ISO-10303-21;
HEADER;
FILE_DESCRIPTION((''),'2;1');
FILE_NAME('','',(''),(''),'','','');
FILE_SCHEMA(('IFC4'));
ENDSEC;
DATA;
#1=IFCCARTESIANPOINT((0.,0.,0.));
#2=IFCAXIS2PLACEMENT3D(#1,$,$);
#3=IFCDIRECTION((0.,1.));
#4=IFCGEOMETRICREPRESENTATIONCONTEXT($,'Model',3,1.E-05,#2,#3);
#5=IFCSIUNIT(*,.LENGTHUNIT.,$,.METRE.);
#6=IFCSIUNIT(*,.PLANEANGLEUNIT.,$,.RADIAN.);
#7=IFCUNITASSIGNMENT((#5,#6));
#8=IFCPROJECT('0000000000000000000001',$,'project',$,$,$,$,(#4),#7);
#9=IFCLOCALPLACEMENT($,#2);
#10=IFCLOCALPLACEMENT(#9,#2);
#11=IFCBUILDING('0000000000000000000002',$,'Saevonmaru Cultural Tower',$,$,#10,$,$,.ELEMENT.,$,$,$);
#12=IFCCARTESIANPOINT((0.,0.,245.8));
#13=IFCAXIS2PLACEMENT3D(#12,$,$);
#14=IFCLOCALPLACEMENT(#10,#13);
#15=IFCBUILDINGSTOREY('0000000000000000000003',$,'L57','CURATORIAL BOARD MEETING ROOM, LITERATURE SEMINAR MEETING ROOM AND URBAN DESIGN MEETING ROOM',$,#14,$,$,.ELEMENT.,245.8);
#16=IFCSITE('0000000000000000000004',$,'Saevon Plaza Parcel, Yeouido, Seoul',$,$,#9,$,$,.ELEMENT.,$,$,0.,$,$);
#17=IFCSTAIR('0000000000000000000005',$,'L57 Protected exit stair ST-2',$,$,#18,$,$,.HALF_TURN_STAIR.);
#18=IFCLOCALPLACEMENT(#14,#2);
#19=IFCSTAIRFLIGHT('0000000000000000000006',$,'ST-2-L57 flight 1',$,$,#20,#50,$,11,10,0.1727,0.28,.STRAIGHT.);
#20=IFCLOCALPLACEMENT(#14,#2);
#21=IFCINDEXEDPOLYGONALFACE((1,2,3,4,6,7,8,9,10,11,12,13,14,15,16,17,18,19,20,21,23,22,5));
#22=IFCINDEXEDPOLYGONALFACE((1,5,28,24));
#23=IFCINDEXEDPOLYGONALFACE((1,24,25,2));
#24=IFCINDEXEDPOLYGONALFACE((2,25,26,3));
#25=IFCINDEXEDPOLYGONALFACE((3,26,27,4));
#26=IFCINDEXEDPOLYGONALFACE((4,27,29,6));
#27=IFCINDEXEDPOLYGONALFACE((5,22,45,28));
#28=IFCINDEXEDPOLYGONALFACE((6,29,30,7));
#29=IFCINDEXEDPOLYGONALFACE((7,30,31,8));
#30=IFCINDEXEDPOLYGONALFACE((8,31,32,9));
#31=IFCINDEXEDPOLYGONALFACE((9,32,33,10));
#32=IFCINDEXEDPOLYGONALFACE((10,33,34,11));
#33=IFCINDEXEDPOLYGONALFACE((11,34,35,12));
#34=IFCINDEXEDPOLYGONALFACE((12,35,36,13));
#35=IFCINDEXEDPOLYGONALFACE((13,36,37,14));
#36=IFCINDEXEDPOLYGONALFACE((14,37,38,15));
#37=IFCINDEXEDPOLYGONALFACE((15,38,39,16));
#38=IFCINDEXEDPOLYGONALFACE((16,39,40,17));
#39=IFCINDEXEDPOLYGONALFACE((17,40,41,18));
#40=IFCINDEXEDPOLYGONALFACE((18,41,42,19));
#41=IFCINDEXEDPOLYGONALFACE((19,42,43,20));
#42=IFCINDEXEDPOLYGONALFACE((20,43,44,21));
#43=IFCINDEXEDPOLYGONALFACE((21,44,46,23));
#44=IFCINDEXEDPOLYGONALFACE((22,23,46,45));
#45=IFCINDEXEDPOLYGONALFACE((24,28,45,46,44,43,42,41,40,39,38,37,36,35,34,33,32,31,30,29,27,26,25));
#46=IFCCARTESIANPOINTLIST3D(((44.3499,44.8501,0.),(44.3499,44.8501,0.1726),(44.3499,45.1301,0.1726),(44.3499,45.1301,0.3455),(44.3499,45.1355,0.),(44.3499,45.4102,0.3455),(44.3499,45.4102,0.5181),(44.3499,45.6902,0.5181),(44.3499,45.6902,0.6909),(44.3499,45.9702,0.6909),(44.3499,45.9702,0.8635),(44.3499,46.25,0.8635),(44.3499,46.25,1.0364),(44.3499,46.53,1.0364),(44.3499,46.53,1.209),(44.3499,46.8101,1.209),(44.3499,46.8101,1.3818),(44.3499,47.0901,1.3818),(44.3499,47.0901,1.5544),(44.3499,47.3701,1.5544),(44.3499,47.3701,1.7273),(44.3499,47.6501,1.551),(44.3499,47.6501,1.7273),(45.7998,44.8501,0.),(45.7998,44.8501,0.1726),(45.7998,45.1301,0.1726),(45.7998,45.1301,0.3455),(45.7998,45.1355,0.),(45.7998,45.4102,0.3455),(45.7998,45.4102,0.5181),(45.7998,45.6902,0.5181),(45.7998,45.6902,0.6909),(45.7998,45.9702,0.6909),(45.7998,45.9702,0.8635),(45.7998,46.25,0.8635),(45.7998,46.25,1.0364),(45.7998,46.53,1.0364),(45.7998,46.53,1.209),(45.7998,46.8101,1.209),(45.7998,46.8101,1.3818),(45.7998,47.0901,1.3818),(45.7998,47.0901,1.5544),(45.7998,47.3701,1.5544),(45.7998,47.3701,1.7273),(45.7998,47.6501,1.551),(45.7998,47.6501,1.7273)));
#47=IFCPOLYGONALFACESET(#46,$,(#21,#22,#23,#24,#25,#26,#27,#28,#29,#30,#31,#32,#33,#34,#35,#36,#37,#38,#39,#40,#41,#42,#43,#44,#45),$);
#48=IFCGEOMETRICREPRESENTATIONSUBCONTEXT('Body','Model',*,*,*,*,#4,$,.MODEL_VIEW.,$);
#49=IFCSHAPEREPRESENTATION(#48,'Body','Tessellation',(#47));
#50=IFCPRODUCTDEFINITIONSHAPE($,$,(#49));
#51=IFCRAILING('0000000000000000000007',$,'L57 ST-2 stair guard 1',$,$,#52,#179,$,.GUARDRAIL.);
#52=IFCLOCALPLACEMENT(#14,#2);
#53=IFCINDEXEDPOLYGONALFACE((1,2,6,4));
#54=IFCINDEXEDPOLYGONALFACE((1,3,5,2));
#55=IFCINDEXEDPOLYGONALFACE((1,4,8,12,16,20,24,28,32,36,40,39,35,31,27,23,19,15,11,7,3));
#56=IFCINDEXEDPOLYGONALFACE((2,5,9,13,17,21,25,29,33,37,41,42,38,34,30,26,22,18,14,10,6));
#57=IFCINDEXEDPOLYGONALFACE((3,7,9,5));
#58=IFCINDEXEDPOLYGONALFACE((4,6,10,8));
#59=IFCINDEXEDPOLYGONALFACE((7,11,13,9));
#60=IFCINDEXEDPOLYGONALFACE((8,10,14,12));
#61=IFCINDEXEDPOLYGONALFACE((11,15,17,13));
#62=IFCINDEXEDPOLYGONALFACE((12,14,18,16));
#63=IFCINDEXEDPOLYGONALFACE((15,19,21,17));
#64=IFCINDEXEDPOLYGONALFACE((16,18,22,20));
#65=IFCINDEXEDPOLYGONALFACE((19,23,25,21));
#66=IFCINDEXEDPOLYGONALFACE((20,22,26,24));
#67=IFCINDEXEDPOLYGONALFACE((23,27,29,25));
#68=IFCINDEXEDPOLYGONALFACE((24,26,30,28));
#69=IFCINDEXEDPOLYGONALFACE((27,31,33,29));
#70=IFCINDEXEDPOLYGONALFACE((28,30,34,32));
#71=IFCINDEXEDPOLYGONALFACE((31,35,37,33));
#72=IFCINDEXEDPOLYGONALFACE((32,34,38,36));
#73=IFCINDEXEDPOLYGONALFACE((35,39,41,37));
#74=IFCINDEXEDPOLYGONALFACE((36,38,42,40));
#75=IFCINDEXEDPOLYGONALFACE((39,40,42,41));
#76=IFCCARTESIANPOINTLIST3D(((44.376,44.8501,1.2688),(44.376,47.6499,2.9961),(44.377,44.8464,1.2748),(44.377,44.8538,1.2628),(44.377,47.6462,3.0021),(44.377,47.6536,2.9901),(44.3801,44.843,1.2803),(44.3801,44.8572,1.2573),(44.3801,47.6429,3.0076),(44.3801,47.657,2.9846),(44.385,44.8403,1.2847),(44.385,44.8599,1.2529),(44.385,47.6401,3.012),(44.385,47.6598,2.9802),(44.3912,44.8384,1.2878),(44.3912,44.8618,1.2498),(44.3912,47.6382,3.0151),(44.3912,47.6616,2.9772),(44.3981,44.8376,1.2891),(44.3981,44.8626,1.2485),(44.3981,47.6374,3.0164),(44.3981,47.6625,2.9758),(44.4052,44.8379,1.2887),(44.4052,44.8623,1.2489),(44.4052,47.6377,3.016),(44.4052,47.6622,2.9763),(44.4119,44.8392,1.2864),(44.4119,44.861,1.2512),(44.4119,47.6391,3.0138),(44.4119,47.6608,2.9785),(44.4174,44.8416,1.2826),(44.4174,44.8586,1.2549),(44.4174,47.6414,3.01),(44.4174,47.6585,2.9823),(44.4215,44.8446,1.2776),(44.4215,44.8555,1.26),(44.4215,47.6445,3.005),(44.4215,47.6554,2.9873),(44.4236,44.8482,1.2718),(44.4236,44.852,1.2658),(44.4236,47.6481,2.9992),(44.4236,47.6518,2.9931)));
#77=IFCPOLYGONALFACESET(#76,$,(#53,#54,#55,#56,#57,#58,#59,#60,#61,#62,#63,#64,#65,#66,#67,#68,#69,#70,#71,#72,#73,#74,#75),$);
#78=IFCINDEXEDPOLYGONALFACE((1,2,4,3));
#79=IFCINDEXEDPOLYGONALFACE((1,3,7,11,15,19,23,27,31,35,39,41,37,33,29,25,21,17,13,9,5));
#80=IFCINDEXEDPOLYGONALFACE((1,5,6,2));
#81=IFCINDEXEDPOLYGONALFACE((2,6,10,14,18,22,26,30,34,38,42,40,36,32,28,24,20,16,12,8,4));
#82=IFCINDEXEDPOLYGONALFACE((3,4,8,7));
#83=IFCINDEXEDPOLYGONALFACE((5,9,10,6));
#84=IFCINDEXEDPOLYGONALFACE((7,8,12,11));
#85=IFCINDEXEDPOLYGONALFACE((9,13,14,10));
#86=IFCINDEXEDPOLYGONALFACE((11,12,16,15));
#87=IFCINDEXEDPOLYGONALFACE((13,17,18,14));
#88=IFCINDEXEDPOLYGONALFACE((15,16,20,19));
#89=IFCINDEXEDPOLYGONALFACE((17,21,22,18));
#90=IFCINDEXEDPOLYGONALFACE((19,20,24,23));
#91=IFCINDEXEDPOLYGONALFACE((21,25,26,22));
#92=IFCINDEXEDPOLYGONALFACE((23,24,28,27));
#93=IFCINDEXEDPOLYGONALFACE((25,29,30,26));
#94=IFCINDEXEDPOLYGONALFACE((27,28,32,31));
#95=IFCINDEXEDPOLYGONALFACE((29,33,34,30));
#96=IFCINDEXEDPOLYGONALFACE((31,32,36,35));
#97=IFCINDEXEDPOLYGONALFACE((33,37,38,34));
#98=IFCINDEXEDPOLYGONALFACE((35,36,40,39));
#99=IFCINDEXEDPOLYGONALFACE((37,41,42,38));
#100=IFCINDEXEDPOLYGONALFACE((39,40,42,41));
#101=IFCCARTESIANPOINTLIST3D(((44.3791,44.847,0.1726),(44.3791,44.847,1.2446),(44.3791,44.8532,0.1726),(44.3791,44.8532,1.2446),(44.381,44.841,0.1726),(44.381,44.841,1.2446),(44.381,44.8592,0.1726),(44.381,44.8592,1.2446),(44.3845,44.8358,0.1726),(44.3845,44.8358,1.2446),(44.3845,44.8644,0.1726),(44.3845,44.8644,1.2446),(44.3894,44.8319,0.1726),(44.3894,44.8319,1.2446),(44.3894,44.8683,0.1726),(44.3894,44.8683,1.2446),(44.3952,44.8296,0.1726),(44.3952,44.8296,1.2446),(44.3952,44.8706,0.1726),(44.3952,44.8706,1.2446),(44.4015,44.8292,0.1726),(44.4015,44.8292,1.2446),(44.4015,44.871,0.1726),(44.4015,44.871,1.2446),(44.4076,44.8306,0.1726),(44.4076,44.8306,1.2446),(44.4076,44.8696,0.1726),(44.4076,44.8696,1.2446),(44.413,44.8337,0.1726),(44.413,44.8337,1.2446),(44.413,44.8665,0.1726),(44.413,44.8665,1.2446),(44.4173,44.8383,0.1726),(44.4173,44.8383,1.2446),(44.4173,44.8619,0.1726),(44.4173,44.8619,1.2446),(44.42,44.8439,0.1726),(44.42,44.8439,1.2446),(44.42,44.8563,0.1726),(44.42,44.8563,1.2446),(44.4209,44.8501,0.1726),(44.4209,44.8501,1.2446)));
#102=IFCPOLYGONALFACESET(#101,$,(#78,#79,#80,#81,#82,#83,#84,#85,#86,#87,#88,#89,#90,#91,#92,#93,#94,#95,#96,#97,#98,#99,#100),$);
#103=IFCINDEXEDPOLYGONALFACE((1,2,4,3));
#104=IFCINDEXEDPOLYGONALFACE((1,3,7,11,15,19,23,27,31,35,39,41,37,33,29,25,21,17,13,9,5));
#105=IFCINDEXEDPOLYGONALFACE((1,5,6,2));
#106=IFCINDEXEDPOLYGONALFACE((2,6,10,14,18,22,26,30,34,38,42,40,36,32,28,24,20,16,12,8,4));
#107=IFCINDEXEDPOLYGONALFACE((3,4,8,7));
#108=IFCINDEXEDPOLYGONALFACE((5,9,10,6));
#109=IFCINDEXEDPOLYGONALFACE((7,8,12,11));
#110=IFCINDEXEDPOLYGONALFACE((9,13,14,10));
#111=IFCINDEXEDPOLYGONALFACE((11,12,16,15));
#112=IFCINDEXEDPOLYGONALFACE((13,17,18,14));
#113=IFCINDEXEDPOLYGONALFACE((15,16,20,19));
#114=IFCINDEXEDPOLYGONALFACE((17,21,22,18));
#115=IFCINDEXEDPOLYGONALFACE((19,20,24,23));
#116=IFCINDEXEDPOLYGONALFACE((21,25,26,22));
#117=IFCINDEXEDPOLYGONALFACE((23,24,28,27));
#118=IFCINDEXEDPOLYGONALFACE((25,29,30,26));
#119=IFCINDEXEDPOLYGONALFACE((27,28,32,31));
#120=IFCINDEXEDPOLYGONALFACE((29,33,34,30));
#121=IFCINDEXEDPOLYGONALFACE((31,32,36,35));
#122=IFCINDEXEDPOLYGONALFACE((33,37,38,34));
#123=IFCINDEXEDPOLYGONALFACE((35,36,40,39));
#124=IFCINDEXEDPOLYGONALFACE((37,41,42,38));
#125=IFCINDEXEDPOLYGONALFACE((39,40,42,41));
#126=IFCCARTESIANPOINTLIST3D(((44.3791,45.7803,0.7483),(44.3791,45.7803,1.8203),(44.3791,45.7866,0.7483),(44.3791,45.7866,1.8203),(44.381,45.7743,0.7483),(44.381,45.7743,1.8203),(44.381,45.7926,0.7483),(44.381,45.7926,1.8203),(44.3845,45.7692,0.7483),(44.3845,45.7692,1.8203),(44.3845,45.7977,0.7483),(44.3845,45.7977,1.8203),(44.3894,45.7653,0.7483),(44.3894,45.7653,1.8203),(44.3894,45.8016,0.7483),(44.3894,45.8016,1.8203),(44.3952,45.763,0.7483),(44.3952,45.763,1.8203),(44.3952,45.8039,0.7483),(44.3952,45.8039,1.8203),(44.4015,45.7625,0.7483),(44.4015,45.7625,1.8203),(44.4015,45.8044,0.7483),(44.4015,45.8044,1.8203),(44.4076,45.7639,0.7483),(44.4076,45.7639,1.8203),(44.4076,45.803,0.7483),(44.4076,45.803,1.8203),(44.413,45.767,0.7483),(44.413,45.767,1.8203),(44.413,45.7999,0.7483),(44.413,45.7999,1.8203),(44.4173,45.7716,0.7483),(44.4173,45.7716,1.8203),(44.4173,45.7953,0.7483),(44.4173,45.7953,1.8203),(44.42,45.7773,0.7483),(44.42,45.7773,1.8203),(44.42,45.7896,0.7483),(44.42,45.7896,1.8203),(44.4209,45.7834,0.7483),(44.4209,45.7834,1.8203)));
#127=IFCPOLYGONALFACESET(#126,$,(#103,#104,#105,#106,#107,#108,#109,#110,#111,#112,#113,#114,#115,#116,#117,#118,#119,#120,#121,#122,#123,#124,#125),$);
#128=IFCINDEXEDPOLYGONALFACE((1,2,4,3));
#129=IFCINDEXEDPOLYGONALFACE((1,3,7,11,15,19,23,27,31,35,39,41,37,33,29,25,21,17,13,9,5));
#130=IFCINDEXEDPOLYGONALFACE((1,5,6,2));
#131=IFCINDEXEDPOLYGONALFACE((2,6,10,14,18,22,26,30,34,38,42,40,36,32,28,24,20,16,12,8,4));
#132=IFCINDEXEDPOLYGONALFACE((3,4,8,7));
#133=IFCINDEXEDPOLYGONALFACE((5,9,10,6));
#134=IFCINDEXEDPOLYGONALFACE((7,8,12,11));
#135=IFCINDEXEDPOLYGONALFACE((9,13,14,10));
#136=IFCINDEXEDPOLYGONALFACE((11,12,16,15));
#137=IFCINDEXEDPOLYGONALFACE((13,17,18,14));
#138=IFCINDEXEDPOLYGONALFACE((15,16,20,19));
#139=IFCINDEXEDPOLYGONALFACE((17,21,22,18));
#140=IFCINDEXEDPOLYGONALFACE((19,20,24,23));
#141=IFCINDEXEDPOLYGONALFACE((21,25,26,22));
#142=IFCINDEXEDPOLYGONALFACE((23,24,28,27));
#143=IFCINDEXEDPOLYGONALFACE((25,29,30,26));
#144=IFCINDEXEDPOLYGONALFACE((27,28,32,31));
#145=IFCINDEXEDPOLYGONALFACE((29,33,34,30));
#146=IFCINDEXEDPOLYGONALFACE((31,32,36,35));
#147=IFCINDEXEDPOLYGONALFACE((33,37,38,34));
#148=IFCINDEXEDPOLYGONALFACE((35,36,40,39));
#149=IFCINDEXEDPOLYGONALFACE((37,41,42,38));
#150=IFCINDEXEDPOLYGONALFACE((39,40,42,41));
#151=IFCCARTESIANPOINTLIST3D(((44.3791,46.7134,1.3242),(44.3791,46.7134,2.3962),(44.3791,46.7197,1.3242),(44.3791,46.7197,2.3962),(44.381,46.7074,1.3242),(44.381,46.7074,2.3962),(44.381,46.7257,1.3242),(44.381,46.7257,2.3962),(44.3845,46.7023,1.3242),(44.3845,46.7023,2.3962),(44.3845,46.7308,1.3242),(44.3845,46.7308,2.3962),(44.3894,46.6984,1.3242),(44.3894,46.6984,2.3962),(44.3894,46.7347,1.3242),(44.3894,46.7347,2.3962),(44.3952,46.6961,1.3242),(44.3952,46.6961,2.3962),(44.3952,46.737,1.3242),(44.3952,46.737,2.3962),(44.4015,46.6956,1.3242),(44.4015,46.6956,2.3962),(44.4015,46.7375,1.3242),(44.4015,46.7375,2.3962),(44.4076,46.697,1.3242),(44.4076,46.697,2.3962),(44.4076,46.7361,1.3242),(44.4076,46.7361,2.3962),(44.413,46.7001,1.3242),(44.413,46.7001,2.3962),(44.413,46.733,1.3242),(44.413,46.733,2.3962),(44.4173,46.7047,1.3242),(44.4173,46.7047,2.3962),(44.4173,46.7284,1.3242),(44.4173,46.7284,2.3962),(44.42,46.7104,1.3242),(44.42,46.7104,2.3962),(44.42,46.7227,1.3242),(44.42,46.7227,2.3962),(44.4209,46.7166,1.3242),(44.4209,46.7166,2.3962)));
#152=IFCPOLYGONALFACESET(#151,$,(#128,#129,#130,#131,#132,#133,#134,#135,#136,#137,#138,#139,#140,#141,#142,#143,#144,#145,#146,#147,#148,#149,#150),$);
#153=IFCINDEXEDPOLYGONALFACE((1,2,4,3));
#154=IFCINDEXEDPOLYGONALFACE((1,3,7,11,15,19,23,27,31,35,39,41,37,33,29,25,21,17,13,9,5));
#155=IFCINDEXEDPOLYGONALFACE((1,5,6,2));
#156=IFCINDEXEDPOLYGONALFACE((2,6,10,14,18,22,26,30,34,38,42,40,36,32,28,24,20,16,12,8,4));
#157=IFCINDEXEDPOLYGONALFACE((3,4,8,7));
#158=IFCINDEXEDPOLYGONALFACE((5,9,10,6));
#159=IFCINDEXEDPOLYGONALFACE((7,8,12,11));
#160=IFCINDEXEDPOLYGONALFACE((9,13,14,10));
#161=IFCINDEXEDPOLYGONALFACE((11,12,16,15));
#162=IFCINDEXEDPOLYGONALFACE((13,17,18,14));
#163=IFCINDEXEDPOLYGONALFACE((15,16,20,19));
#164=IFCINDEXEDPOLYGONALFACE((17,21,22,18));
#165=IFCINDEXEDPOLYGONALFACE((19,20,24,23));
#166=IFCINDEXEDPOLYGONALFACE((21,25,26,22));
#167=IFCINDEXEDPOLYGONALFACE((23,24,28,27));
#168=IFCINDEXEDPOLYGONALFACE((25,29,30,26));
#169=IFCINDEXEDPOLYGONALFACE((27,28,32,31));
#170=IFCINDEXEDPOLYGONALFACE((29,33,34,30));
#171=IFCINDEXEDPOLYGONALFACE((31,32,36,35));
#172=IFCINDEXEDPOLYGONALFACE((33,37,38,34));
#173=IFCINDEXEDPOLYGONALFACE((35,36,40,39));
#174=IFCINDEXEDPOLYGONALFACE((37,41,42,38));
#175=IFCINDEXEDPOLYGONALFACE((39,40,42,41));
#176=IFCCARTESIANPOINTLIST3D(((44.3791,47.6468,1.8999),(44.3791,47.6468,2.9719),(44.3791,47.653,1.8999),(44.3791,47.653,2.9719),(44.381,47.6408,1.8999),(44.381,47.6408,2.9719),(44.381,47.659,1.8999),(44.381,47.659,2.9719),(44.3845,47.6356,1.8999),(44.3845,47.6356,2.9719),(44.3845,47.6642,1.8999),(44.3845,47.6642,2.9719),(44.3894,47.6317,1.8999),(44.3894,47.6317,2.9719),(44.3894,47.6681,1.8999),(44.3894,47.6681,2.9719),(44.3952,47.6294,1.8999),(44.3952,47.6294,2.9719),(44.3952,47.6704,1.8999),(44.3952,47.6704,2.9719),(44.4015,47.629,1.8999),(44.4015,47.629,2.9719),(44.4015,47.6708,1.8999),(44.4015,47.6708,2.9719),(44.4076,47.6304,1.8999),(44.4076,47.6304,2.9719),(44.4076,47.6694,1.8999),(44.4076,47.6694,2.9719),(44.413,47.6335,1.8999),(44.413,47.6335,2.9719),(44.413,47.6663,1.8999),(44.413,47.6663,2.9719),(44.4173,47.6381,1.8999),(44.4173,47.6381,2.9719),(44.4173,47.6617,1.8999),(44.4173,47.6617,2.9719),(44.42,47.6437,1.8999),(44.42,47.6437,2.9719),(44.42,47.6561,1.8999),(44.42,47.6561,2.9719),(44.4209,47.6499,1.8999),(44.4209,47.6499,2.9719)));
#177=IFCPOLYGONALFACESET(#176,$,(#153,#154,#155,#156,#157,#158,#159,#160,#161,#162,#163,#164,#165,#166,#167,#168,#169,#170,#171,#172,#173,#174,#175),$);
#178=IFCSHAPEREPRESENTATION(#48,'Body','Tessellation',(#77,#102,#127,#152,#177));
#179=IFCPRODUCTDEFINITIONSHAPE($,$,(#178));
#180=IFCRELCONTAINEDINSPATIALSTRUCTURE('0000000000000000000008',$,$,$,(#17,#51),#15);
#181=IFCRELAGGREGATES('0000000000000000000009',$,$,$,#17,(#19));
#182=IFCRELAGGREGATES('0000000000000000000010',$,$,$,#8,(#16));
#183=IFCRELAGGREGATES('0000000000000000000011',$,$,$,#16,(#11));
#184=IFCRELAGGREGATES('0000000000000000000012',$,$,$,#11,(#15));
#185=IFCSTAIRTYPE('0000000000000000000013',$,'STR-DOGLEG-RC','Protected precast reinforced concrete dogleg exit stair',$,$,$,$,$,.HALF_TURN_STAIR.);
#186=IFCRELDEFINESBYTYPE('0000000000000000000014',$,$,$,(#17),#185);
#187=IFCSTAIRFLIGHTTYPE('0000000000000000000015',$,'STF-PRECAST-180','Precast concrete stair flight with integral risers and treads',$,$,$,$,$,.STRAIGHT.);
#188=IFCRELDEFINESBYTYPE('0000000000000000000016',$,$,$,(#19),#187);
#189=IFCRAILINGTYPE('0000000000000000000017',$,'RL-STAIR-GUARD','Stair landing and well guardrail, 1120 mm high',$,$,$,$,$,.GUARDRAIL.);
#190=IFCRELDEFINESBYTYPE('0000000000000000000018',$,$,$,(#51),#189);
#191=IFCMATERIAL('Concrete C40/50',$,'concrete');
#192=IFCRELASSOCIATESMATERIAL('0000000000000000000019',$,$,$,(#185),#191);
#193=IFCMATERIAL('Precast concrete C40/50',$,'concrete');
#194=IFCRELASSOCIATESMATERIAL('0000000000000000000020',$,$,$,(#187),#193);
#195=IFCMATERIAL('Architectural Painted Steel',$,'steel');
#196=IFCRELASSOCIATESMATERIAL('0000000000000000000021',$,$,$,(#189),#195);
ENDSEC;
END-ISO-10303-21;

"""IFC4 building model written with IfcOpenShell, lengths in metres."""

from ifc_helpers import new_model, si_unit, direction, frame, origin, origin_2d, place, context, subcontext, project, spatial, polyline, circle, outline, extrude, material, type_object, element, aggregate, save


model = new_model("IFC4")

# Units and contexts
model_context = context("Model", 3, precision=1e-05, world=origin(), true_north=direction((0.0, 1.0)))
body_context = subcontext(model_context, "Body", "Model", "MODEL_VIEW")
ifc_project = project(units=[si_unit("LENGTHUNIT", "METRE"), si_unit("PLANEANGLEUNIT", "RADIAN")], contexts=[model_context])

# Site, building, storey
site_placement = place(None, origin())
site = spatial("IfcSite", under=ifc_project, at=site_placement, Name="Saevon Plaza Parcel, Yeouido, Seoul", CompositionType="ELEMENT", RefElevation=0.0)
building_placement = place(site_placement, origin())
building = spatial("IfcBuilding", under=site, at=building_placement, Name="Saevonmaru Cultural Tower", CompositionType="ELEMENT")
storey_placement = place(building_placement, frame((0.0, 0.0, 245.8)))
storey = spatial("IfcBuildingStorey", under=building, at=storey_placement, Name="L57", Description="CURATORIAL BOARD MEETING ROOM, LITERATURE SEMINAR MEETING ROOM AND URBAN DESIGN MEETING ROOM", CompositionType="ELEMENT", Elevation=245.8)

# Stair, stair flight
ifc_material_1 = material(Name="Concrete C40/50", Category="concrete")
stair_type = type_object("IfcStairType", Name="STR-DOGLEG-RC", Description="Protected precast reinforced concrete dogleg exit stair", PredefinedType="HALF_TURN_STAIR", material=ifc_material_1)
stair_placement = place(storey_placement, origin())
stair = element("IfcStair", 1, at=stair_placement, inside=storey, type_object=stair_type, Name="L57 Protected exit stair ST-2", PredefinedType="HALF_TURN_STAIR")
ifc_material_2 = material(Name="Precast concrete C40/50", Category="concrete")
stair_flight_type = type_object("IfcStairFlightType", Name="STF-PRECAST-180", Description="Precast concrete stair flight with integral risers and treads", PredefinedType="STRAIGHT", material=ifc_material_2)
stair_flight_placement = place(storey_placement, frame((45.075, 44.8501, 0.0), z_axis=(0.0, 0.0, 1.0), x_axis=(0.0, 1.0, 0.0)))
stair_flight = element("IfcStairFlight", 2, at=stair_flight_placement, type_object=stair_flight_type, Name="ST-2-L57 flight 1", NumberOfRisers=11, NumberOfTreads=10, PredefinedType="STRAIGHT", RiserHeight=0.1727, TreadLength=0.28, context=body_context, shape_type="SweptSolid", body=[
    extrude(outline(polyline([(0.0, 0.0), (0.0, 0.1726), (0.28, 0.1726), (0.28, 0.3455), (0.5601, 0.3455), (0.5601, 0.5181), (0.8401, 0.5181), (0.8401, 0.6909), (1.1201, 0.6909), (1.1201, 0.8635), (1.3999, 0.8635), (1.3999, 1.0364), (1.6799, 1.0364), (1.6799, 1.209), (1.96, 1.209), (1.96, 1.3818), (2.24, 1.3818), (2.24, 1.5544), (2.52, 1.5544), (2.52, 1.7273), (2.8, 1.7273), (2.8, 1.8999), (2.8, 1.551), (0.2854, 0.0), (0.0, 0.0)])), frame((0.0, 0.7251, 0.0), z_axis=(0.0, -1.0, 0.0), x_axis=(1.0, 0.0, 0.0)), (0.0, 0.0, 1.0), 1.45),
])
aggregate(stair, [stair_flight])

# Railing
ifc_material_3 = material(Name="Architectural Painted Steel", Category="steel")
railing_type_1 = type_object("IfcRailingType", Name="RL-STAIR-GUARD", Description="Stair landing and well guardrail, 1120 mm high", PredefinedType="GUARDRAIL", material=ifc_material_3)
railing_1_placement = place(storey_placement, frame((44.3999, 44.8501, 0.1726)))
element("IfcRailing", 3, at=railing_1_placement, inside=storey, type_object=railing_type_1, Name="L57 ST-2 stair guard 1", PredefinedType="GUARDRAIL", context=body_context, shape_type="SweptSolid", body=[
    extrude(circle(Radius=0.0239, at=origin_2d()), frame((0.0, 0.0, 1.0962), z_axis=(0.0, 0.851069, 0.525054), x_axis=(-1.0, 0.0, 0.0)), (0.0, 0.0, 1.0), 3.2898),
    extrude(circle(Radius=0.021, at=origin_2d()), origin(), (0.0, 0.0, 1.0), 1.072),
    extrude(circle(Radius=0.021, at=origin_2d()), frame((0.0, 0.9333, 0.5757)), (0.0, 0.0, 1.0), 1.072),
    extrude(circle(Radius=0.021, at=origin_2d()), frame((0.0, 1.8665, 1.1516)), (0.0, 0.0, 1.0), 1.072),
    extrude(circle(Radius=0.021, at=origin_2d()), frame((0.0, 2.7998, 1.7273)), (0.0, 0.0, 1.0), 1.072),
])

save(model, "model.ifc")
